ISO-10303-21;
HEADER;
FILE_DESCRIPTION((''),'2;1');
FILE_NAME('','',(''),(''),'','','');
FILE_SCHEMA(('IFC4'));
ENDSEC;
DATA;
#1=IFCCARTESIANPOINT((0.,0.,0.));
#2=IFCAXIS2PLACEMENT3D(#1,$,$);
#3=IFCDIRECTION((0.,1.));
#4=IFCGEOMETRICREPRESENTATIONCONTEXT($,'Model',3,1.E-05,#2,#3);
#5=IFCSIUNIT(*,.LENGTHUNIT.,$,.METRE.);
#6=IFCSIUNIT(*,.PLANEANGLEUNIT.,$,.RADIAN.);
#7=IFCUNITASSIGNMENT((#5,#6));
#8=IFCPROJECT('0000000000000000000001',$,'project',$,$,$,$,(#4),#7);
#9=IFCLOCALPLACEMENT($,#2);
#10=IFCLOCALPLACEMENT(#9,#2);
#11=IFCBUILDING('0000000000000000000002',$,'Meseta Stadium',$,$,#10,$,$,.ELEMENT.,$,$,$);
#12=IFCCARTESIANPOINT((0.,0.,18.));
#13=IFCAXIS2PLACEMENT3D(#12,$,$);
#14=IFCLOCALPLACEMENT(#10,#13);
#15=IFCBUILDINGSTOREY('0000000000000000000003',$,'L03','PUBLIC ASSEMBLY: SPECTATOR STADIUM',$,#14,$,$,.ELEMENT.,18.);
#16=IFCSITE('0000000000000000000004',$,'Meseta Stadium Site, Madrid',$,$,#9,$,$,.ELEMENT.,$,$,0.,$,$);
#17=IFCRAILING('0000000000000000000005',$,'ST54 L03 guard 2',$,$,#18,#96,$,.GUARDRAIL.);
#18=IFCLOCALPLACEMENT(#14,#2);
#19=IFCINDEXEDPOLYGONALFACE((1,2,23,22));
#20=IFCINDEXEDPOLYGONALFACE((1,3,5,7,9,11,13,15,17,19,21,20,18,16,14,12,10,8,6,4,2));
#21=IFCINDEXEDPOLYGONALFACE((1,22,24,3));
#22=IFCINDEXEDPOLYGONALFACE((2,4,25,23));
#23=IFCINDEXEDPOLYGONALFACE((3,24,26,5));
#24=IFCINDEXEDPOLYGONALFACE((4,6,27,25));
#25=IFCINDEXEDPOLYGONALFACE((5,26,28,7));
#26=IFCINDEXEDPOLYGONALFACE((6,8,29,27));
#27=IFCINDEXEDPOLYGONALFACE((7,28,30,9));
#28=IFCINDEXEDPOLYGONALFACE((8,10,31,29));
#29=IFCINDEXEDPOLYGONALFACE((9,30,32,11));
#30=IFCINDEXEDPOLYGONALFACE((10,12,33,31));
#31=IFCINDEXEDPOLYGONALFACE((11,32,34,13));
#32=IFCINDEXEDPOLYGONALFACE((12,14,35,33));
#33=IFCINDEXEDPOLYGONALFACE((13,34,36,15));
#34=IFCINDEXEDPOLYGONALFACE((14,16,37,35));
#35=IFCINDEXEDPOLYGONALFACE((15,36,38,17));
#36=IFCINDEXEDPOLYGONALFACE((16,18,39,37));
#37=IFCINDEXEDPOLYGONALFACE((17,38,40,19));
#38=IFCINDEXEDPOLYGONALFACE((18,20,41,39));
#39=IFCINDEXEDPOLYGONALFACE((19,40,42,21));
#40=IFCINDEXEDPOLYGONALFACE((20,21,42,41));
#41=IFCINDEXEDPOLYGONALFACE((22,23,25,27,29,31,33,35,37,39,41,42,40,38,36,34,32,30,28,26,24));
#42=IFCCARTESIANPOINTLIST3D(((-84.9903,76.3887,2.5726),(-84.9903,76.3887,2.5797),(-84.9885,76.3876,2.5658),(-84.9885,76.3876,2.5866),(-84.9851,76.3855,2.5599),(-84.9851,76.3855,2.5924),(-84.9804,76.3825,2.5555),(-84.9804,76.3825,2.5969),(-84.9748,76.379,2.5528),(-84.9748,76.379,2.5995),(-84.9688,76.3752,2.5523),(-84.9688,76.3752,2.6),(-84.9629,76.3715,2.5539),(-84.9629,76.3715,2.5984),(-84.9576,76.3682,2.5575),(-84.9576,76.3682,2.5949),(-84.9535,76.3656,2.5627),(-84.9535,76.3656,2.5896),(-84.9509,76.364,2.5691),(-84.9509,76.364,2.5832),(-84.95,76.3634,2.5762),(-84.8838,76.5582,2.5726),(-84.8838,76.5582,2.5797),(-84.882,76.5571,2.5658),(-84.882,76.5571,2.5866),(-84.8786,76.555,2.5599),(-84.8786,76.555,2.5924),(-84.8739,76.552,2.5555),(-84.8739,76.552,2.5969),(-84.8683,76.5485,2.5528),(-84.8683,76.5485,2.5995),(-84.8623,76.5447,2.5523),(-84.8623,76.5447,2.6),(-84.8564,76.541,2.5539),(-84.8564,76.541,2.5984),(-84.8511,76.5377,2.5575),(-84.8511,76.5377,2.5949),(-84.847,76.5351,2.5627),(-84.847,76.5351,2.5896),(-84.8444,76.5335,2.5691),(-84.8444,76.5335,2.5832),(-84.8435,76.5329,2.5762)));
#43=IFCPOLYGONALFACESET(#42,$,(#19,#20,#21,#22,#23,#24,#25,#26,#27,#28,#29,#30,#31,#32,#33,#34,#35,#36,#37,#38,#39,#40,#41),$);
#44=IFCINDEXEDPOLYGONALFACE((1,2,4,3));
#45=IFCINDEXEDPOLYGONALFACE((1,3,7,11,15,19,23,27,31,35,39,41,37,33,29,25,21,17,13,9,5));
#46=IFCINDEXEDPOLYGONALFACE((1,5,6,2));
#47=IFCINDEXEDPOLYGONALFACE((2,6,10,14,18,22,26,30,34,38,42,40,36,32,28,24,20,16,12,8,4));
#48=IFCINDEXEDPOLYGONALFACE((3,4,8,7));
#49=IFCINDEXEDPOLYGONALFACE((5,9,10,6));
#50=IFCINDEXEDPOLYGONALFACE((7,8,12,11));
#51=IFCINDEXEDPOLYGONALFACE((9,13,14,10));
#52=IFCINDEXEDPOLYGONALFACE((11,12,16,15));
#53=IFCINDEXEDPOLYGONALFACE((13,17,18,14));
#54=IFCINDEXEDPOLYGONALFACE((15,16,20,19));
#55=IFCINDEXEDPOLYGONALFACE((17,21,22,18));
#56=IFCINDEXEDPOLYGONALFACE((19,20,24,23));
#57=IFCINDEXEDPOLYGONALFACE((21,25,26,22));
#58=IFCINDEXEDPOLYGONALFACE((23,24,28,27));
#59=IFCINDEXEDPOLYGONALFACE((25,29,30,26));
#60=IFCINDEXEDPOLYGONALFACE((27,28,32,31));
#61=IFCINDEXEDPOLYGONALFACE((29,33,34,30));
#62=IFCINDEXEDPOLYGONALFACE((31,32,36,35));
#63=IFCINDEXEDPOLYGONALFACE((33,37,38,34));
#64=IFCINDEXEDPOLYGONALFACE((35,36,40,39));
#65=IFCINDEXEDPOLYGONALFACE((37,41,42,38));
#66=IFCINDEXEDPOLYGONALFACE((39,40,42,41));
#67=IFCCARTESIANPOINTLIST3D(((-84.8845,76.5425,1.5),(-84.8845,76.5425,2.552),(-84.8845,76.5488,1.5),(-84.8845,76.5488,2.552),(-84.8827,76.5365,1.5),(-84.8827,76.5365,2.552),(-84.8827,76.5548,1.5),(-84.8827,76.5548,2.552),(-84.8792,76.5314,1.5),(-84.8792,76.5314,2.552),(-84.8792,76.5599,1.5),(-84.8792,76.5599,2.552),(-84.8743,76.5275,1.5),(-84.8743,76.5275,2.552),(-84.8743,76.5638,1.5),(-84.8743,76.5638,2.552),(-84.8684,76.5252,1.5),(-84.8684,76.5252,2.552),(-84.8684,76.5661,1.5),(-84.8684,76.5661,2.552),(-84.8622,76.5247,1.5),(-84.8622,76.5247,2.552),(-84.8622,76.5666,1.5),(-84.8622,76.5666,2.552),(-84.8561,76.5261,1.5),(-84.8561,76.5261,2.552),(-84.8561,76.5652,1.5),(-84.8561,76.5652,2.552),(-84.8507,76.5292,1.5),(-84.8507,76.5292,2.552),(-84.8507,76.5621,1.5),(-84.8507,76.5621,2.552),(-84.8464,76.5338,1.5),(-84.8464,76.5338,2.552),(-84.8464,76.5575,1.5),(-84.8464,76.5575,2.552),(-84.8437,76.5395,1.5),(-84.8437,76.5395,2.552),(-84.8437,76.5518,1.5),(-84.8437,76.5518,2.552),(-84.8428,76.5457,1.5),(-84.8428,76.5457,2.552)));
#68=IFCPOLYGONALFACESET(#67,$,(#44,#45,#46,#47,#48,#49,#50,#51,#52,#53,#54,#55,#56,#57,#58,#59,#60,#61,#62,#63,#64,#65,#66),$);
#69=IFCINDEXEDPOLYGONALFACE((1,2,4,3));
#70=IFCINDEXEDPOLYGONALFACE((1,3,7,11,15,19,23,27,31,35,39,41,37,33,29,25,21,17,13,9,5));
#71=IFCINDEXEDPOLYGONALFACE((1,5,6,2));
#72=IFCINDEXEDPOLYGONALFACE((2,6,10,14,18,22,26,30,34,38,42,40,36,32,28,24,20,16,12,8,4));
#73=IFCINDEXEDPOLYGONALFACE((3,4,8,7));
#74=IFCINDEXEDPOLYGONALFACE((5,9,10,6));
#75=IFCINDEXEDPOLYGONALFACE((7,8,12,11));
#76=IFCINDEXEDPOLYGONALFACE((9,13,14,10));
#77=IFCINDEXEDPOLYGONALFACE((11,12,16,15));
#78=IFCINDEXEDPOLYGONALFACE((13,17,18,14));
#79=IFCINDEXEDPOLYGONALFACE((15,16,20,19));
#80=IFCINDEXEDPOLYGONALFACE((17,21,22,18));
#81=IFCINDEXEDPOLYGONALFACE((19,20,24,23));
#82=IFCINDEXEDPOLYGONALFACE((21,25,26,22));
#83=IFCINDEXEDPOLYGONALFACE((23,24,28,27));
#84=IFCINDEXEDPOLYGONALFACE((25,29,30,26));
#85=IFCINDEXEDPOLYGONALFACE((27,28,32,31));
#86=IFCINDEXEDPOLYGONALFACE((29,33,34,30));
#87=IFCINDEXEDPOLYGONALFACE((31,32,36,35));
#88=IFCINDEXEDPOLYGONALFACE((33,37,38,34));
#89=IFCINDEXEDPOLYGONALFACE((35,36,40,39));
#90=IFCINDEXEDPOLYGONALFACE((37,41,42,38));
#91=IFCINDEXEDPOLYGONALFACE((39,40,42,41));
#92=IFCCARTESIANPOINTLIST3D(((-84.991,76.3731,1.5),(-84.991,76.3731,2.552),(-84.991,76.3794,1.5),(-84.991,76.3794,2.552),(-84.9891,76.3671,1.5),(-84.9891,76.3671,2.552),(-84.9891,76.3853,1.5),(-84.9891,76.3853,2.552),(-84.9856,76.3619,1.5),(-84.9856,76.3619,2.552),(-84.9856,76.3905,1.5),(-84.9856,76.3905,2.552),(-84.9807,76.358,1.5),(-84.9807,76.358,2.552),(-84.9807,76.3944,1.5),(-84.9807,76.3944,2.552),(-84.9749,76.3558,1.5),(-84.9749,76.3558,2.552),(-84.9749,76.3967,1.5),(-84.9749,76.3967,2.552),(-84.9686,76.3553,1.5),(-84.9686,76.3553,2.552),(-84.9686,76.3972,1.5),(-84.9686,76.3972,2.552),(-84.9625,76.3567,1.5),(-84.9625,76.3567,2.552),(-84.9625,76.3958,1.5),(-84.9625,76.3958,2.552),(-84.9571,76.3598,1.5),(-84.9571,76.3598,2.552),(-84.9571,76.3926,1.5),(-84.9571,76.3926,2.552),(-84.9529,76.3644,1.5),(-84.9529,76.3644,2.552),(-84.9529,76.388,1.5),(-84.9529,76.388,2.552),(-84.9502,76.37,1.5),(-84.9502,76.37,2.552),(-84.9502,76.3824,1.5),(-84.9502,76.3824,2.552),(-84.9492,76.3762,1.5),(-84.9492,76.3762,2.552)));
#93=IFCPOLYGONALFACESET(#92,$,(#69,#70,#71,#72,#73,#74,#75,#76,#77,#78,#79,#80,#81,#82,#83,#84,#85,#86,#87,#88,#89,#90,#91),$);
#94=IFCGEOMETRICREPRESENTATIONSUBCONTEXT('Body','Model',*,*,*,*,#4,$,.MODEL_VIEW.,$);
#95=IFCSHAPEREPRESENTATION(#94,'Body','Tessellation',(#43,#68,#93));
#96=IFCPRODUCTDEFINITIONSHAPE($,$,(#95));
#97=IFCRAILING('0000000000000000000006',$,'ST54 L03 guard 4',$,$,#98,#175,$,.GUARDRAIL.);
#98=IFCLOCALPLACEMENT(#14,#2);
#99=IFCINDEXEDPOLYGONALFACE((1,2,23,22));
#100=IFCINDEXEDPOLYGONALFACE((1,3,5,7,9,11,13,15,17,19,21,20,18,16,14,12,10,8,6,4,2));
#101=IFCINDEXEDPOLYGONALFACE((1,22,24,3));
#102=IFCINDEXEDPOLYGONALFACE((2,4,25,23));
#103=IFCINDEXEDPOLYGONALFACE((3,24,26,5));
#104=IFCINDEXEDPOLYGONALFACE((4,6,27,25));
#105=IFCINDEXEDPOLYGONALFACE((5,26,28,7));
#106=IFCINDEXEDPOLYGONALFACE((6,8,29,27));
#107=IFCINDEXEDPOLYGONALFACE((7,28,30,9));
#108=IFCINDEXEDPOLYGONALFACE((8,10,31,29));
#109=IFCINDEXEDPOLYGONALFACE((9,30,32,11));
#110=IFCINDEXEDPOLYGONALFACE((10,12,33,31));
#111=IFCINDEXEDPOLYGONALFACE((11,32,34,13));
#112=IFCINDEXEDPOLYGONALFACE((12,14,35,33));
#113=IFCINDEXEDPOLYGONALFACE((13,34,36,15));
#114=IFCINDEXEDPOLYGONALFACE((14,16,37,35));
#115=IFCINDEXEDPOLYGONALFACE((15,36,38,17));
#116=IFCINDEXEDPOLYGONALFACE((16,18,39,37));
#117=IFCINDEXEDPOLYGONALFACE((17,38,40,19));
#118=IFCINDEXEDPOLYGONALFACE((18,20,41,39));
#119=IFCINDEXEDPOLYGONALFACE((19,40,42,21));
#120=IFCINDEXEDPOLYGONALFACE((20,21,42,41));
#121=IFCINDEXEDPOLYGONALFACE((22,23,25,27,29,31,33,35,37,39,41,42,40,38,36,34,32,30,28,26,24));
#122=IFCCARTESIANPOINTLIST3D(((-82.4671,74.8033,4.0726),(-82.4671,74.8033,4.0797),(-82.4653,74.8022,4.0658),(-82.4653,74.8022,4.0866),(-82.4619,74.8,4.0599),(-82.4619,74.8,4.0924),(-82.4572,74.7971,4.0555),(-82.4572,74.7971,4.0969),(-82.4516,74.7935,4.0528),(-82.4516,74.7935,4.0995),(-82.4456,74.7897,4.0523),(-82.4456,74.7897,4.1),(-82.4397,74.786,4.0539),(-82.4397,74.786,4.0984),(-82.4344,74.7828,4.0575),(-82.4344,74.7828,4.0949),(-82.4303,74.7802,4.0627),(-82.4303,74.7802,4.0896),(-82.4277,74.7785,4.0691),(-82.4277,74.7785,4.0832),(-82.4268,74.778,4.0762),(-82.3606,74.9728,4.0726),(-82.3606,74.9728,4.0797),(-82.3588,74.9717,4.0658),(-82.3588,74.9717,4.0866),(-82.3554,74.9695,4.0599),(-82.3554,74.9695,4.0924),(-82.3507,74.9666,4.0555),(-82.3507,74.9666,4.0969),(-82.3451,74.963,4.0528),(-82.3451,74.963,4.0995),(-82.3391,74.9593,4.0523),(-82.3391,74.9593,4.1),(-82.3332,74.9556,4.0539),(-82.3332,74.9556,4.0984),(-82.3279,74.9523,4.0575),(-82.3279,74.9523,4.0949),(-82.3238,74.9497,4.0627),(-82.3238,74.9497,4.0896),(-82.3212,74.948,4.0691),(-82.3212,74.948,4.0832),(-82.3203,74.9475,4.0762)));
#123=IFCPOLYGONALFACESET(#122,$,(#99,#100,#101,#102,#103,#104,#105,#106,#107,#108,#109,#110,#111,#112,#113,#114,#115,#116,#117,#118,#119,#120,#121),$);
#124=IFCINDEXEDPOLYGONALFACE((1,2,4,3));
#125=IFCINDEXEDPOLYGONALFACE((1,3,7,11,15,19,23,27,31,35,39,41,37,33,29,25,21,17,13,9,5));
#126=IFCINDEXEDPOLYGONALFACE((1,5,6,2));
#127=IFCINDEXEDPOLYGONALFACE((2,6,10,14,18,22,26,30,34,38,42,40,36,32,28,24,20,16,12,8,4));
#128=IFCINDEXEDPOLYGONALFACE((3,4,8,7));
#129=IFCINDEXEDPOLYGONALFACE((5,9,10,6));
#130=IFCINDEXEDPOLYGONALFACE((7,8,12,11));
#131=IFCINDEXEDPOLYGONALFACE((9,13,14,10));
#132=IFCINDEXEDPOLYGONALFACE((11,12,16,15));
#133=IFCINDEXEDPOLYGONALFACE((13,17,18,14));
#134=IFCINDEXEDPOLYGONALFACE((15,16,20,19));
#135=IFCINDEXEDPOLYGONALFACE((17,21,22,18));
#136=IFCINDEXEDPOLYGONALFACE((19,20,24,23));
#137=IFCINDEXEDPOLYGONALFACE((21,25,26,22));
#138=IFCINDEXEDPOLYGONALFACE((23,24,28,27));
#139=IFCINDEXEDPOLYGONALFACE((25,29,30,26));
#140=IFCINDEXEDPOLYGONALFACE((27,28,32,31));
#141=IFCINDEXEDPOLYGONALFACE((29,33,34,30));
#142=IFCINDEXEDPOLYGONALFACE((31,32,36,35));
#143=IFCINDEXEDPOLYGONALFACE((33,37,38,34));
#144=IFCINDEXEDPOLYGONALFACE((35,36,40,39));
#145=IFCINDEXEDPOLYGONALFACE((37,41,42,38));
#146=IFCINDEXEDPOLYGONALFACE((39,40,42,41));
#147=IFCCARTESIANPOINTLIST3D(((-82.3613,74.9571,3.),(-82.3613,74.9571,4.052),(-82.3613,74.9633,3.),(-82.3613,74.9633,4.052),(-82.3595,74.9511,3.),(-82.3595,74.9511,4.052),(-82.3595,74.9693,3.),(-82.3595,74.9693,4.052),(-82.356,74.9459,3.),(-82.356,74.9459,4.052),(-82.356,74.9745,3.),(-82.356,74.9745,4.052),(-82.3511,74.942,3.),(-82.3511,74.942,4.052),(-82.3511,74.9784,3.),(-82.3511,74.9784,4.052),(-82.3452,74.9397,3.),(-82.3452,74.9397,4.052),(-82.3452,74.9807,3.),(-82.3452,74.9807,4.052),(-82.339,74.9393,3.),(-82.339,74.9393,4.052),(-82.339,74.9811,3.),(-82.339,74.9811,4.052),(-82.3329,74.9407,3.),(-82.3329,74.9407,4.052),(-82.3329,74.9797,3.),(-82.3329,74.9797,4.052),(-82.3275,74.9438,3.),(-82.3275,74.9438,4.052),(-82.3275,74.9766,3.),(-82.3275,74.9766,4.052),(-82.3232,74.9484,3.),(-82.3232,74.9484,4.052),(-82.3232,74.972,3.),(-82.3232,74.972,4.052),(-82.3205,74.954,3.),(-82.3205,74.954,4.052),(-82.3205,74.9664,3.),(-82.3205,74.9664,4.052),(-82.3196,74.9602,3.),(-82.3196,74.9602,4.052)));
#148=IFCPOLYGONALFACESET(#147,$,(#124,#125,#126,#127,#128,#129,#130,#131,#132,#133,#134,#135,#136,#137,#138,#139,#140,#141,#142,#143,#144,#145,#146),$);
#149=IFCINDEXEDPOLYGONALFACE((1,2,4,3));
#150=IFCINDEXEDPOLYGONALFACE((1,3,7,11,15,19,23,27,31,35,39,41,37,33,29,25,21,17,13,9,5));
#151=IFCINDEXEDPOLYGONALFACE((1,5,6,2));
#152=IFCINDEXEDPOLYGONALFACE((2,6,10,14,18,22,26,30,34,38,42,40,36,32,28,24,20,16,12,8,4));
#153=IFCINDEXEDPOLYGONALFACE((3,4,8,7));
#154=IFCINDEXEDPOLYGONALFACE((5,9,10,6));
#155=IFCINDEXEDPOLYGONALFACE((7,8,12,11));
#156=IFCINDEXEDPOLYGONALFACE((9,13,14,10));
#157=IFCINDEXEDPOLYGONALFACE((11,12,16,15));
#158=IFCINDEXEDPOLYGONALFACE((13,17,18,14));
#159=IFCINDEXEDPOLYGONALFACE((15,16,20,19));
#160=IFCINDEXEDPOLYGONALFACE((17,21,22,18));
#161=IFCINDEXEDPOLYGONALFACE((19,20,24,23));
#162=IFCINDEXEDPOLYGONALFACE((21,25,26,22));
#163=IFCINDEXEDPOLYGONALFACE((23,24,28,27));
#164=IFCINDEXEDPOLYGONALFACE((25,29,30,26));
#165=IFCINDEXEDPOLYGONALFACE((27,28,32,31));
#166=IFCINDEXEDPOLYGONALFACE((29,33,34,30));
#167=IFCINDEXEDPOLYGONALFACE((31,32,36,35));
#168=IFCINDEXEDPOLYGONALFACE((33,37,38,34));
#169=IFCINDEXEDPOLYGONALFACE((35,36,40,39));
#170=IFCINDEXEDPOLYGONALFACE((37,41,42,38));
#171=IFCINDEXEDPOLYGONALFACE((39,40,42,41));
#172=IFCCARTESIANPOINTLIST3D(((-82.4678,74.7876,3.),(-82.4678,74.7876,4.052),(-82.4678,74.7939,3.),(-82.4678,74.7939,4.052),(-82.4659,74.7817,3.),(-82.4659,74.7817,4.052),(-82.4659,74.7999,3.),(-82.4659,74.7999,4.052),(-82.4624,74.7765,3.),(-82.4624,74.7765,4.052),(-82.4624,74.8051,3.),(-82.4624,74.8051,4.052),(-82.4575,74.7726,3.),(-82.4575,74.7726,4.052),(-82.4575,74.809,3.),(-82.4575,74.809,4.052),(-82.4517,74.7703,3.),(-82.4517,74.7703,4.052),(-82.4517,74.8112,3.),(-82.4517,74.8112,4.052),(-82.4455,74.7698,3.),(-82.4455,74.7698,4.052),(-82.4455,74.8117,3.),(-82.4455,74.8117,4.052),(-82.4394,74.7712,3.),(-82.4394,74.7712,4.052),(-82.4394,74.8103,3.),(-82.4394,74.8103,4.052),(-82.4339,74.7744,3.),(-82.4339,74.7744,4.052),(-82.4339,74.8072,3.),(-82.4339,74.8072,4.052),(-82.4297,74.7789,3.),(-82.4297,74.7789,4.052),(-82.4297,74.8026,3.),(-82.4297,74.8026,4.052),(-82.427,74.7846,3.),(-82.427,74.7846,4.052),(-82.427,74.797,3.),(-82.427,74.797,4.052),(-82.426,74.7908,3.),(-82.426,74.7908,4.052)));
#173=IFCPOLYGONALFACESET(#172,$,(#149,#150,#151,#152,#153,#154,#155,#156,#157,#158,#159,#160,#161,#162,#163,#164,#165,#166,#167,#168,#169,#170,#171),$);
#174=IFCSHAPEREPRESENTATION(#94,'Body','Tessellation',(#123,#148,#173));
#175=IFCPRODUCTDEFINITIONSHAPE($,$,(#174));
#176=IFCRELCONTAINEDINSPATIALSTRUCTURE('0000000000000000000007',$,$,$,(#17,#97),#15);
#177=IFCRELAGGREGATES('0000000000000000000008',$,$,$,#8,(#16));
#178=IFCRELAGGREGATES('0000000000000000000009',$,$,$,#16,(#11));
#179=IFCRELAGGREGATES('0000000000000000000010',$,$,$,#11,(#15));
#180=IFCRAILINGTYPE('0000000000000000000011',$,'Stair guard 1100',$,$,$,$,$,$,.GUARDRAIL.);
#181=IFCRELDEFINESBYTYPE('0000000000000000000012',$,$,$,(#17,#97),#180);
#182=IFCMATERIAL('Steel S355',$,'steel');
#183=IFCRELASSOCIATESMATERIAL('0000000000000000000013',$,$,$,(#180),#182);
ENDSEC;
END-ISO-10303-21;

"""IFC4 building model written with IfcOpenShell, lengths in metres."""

from ifc_helpers import new_model, si_unit, direction, frame, origin, origin_2d, place, context, subcontext, project, spatial, circle, extrude, material, type_object, element, save


model = new_model("IFC4")

# Units and contexts
model_context = context("Model", 3, precision=1e-05, world=origin(), true_north=direction((0.0, 1.0)))
body_context = subcontext(model_context, "Body", "Model", "MODEL_VIEW")
ifc_project = project(units=[si_unit("LENGTHUNIT", "METRE"), si_unit("PLANEANGLEUNIT", "RADIAN")], contexts=[model_context])

# Site, building, storey
site_placement = place(None, origin())
site = spatial("IfcSite", under=ifc_project, at=site_placement, Name="Meseta Stadium Site, Madrid", CompositionType="ELEMENT", RefElevation=0.0)
building_placement = place(site_placement, origin())
building = spatial("IfcBuilding", under=site, at=building_placement, Name="Meseta Stadium", CompositionType="ELEMENT")
storey_placement = place(building_placement, frame((0.0, 0.0, 18.0)))
storey = spatial("IfcBuildingStorey", under=building, at=storey_placement, Name="L03", Description="PUBLIC ASSEMBLY: SPECTATOR STADIUM", CompositionType="ELEMENT", Elevation=18.0)

# Railings
ifc_material_1 = material(Name="Steel S355", Category="steel")
railing_type_1 = type_object("IfcRailingType", Name="Stair guard 1100", PredefinedType="GUARDRAIL", material=ifc_material_1)
for number, where, name in (
    (1, (-84.8638, 76.5457, 1.5), "ST54 L03 guard 2"),
    (2, (-82.3406, 74.9602, 3.0), "ST54 L03 guard 4"),
):
    element("IfcRailing", number, at=place(storey_placement, frame(where)), inside=storey, type_object=railing_type_1, Name=name, PredefinedType="GUARDRAIL", context=body_context, shape_type="SweptSolid", body=[
        extrude(circle(Radius=0.0239, at=origin_2d()), frame((0.0, 0.0, 1.0762), z_axis=(-0.531972, -0.846762, 0.0), x_axis=(0.846762, -0.531972, 0.0)), (0.0, 0.0, 1.0), 0.2002),
        extrude(circle(Radius=0.021, at=origin_2d()), origin(), (0.0, 0.0, 1.0), 1.052),
        extrude(circle(Radius=0.021, at=origin_2d()), frame((-0.1064, -0.1694, 0.0)), (0.0, 0.0, 1.0), 1.052),
    ])

save(model, "model.ifc")
